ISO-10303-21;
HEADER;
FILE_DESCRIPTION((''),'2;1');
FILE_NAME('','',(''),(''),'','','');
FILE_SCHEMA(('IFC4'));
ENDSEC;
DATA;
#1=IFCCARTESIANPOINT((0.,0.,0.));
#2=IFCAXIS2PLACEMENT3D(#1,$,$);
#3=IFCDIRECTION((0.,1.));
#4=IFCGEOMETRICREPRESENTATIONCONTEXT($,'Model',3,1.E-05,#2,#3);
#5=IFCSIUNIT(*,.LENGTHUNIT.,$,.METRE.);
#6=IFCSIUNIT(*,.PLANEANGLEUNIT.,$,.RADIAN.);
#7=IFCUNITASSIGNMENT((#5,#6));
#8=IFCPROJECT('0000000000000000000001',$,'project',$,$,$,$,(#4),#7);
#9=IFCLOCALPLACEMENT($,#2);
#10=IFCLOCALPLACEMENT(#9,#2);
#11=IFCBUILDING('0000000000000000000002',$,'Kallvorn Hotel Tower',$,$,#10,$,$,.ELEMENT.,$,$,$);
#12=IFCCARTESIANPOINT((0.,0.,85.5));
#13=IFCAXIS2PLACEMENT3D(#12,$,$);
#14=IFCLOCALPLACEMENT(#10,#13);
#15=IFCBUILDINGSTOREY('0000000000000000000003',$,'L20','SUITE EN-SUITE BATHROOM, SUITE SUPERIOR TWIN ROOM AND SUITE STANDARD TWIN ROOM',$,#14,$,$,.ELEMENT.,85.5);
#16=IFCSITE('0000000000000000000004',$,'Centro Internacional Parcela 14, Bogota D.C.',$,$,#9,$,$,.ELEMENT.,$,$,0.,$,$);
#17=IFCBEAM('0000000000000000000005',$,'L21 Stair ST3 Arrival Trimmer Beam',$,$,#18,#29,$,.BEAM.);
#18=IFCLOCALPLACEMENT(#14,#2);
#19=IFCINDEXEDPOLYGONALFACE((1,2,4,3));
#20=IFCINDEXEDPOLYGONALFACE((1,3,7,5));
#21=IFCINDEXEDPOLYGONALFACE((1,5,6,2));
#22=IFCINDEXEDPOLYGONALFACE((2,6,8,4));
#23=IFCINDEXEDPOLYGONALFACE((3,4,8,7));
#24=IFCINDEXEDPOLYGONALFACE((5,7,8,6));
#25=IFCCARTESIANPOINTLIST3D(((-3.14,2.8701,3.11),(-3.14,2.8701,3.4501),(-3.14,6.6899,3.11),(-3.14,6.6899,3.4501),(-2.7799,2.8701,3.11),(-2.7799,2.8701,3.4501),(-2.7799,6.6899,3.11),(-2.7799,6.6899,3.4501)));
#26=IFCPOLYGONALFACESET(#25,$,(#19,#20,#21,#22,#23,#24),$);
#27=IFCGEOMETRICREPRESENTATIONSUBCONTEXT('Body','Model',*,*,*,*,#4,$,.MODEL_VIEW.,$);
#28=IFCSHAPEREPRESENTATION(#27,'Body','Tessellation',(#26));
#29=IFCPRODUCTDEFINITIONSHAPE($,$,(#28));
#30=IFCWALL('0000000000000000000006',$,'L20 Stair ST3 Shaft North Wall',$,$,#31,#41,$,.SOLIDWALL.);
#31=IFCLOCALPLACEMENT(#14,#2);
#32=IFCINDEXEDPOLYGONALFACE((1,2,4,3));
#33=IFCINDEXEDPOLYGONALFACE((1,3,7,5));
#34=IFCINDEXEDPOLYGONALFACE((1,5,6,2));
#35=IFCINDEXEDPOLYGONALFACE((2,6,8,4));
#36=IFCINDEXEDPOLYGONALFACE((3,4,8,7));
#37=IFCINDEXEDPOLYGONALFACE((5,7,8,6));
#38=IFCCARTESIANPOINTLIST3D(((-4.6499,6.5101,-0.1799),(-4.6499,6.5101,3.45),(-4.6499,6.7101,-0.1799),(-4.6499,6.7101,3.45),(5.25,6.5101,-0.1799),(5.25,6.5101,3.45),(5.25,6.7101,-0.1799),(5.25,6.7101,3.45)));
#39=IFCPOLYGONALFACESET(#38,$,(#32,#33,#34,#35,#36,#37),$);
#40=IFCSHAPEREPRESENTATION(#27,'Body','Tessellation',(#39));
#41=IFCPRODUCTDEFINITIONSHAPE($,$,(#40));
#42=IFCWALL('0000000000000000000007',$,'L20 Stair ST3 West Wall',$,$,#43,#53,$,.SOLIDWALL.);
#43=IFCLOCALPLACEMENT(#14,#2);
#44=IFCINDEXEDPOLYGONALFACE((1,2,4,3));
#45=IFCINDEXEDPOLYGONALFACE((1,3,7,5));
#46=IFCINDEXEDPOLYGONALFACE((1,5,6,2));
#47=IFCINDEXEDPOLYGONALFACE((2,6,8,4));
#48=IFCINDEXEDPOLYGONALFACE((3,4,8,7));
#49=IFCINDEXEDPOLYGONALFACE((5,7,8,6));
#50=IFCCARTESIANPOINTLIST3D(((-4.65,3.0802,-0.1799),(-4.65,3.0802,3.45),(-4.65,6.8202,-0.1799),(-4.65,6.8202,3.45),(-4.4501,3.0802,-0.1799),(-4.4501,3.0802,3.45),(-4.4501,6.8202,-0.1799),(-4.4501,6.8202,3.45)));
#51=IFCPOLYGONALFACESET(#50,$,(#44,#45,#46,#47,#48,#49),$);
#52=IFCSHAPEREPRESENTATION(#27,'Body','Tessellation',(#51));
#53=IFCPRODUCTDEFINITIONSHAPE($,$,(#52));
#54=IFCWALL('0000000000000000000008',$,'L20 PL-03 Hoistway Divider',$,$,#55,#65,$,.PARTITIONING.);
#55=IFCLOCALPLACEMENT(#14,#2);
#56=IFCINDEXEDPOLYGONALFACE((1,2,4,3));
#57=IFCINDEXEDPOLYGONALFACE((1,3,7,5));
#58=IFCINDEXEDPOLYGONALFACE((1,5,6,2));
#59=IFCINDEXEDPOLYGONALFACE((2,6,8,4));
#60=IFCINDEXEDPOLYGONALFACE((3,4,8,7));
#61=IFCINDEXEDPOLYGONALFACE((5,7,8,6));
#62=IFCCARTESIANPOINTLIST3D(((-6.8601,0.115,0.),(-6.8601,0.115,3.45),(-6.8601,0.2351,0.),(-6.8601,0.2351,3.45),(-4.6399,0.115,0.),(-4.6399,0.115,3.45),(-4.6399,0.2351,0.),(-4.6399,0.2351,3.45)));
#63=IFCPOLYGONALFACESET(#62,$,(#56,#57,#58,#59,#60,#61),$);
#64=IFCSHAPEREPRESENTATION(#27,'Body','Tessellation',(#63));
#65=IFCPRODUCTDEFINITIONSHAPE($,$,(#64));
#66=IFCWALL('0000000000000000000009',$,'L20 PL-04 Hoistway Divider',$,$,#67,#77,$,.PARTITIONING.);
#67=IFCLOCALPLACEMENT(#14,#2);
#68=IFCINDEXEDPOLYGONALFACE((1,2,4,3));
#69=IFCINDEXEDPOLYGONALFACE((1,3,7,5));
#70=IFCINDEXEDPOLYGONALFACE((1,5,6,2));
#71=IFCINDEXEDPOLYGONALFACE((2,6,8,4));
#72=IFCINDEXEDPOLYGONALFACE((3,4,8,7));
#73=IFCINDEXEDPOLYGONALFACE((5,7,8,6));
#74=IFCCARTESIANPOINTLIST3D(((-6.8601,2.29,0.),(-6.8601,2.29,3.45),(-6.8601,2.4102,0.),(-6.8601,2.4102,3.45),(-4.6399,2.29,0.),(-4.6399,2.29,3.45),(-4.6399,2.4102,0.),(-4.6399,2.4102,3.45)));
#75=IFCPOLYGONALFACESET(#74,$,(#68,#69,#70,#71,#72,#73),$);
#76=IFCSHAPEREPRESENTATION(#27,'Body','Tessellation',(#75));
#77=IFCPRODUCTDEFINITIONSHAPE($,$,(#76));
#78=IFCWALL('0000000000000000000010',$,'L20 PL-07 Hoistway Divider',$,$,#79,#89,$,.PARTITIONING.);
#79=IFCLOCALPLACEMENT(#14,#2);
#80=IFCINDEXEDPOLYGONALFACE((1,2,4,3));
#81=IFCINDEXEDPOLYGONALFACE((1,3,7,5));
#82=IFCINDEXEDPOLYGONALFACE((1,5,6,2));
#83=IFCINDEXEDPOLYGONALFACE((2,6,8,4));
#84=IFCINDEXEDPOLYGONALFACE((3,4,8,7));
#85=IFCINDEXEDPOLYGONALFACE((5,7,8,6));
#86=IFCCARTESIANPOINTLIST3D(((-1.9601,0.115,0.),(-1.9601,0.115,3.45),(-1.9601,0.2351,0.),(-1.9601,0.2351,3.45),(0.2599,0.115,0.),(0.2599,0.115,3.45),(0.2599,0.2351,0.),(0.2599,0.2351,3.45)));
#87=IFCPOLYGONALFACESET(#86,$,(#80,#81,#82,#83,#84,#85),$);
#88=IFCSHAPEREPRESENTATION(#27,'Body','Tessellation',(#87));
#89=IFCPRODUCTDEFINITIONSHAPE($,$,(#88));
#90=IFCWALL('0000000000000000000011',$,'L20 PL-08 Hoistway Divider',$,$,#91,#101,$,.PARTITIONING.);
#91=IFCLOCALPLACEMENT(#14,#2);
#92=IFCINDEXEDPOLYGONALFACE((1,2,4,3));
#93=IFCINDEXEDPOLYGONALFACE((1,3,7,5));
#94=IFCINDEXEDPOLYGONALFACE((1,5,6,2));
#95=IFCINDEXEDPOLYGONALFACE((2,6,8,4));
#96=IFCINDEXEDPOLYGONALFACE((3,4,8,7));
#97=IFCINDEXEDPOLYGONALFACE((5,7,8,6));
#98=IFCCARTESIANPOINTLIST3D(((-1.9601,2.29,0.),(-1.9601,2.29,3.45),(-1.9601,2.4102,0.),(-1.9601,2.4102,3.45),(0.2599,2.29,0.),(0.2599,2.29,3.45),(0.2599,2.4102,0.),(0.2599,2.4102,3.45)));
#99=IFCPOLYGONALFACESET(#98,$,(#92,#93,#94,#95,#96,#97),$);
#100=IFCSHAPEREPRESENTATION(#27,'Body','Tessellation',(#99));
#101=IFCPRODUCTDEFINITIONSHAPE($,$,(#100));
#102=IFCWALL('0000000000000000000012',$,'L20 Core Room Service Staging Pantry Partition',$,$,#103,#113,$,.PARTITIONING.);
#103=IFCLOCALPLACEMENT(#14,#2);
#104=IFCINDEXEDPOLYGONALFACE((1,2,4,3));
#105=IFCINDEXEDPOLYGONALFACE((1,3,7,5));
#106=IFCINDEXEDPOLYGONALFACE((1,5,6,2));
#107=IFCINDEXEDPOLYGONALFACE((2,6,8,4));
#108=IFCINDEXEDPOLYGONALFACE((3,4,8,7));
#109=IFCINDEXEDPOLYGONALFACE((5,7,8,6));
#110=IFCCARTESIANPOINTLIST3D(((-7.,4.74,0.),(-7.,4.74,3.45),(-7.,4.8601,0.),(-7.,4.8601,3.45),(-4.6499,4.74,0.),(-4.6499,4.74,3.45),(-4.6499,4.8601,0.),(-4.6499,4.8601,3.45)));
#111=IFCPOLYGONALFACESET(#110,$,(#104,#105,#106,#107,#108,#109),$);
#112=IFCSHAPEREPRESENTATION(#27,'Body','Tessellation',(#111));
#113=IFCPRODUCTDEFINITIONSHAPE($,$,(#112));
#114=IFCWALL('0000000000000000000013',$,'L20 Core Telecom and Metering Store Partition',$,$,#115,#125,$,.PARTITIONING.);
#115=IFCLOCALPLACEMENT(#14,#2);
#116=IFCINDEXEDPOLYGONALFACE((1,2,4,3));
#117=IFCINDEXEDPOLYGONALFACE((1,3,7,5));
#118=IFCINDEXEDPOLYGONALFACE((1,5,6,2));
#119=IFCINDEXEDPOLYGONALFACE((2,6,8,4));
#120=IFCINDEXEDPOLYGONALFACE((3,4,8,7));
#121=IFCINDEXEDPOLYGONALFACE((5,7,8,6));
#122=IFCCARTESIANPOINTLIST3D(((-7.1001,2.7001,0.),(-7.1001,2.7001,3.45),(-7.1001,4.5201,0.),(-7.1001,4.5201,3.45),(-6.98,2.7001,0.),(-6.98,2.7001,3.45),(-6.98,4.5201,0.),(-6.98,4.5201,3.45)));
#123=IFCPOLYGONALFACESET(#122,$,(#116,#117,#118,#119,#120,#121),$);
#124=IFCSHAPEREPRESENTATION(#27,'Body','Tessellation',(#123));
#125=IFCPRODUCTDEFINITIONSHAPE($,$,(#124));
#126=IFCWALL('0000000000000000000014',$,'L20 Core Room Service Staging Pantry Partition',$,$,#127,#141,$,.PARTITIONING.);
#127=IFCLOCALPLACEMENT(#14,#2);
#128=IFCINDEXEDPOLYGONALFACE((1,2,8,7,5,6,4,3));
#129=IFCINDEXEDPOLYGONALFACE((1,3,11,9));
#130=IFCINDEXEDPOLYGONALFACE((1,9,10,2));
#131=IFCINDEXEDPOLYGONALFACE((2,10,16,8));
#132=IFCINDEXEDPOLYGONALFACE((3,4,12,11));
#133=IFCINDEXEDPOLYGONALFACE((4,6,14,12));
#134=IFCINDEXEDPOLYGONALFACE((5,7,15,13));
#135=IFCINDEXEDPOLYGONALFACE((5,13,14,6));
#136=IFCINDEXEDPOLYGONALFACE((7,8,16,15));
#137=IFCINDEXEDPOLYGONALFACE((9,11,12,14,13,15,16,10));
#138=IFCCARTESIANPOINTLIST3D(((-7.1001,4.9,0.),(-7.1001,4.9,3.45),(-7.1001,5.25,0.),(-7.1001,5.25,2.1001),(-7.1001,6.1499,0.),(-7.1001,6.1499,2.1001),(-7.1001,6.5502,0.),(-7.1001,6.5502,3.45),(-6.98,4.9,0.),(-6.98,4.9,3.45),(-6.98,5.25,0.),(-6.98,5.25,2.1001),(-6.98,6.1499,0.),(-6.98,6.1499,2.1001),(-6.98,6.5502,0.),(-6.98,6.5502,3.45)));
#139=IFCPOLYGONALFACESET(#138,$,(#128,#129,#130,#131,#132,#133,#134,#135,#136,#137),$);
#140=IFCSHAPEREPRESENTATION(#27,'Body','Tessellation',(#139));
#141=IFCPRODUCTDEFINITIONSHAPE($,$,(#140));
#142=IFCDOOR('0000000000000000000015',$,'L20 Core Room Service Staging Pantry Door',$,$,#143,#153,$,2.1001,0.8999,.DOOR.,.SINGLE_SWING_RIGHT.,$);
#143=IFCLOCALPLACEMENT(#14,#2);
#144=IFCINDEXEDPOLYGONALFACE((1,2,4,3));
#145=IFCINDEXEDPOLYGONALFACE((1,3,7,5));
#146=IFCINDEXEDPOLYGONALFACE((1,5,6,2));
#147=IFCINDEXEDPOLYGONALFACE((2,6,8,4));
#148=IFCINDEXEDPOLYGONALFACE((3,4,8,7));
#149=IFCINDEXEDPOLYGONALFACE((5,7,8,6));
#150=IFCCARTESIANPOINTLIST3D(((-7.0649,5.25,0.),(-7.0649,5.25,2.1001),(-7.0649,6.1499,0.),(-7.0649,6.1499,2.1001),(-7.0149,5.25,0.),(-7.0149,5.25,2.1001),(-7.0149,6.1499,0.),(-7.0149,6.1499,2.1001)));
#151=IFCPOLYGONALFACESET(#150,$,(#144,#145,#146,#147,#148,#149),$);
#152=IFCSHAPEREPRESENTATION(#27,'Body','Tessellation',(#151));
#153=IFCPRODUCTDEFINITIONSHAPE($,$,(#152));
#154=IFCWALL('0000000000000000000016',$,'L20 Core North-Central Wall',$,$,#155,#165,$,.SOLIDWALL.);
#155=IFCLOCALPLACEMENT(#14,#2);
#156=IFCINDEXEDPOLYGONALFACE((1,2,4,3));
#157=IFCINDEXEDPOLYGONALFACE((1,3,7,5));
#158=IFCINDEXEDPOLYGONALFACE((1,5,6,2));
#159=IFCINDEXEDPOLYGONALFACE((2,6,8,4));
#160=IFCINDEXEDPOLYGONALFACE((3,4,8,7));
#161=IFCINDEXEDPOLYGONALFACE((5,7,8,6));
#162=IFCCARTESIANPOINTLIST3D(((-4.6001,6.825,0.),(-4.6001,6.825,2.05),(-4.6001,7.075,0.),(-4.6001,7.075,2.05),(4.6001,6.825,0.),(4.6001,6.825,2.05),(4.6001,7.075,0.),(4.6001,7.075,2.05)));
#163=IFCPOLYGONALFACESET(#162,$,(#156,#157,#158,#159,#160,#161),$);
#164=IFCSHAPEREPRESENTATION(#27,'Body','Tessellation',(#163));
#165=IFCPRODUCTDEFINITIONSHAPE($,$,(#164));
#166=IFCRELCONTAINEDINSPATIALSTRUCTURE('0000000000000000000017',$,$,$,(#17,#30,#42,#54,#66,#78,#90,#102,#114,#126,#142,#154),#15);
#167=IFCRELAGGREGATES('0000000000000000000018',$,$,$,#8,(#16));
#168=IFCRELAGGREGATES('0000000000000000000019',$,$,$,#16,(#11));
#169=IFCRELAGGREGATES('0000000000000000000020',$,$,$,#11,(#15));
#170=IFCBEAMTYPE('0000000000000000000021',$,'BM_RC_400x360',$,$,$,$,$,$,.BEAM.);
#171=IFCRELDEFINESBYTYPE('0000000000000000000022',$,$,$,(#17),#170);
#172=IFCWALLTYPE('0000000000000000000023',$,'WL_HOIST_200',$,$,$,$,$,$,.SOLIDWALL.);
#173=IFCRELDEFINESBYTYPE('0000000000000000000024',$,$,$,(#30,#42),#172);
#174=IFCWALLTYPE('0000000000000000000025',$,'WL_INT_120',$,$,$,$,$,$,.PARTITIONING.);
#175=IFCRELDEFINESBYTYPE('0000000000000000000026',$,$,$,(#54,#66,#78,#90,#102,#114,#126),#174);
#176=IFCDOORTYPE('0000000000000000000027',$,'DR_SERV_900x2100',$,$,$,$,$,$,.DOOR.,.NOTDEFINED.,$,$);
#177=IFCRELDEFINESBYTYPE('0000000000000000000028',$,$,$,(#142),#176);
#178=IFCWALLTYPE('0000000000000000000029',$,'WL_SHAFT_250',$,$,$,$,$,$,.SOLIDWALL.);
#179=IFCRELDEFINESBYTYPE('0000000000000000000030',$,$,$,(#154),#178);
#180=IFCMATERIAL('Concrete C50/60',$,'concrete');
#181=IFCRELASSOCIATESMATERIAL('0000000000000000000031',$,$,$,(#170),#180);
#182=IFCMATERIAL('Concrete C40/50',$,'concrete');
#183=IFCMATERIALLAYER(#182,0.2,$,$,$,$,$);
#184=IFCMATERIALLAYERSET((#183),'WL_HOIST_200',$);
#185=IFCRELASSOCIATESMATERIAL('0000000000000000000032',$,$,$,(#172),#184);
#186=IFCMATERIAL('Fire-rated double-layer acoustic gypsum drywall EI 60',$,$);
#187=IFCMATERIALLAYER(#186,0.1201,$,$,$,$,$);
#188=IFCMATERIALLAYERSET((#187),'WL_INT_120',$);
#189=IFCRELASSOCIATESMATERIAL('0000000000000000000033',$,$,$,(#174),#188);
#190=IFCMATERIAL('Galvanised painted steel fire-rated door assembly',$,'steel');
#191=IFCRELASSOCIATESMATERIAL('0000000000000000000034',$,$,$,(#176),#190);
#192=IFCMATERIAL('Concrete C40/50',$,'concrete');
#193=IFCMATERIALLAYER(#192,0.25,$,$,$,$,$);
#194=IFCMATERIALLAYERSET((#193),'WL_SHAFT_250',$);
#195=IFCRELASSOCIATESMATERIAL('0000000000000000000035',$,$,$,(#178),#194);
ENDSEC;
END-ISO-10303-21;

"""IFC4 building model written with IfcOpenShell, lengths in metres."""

from ifc_helpers import new_model, si_unit, direction, frame, frame_2d, origin, origin_2d, place, context, subcontext, project, spatial, rectangle, extrude, material, layer, layer_set, material_profile, profile_set, type_object, element, fill, save


model = new_model("IFC4")

# Units and contexts
model_context = context("Model", 3, precision=1e-05, world=origin(), true_north=direction((0.0, 1.0)))
body_context = subcontext(model_context, "Body", "Model", "MODEL_VIEW")
ifc_project = project(units=[si_unit("LENGTHUNIT", "METRE"), si_unit("PLANEANGLEUNIT", "RADIAN")], contexts=[model_context])

# Site, building, storey
site_placement = place(None, origin())
site = spatial("IfcSite", under=ifc_project, at=site_placement, Name="Centro Internacional Parcela 14, Bogota D.C.", CompositionType="ELEMENT", RefElevation=0.0)
building_placement = place(site_placement, origin())
building = spatial("IfcBuilding", under=site, at=building_placement, Name="Kallvorn Hotel Tower", CompositionType="ELEMENT")
storey_placement = place(building_placement, frame((0.0, 0.0, 85.5)))
storey = spatial("IfcBuildingStorey", under=building, at=storey_placement, Name="L20", Description="SUITE EN-SUITE BATHROOM, SUITE SUPERIOR TWIN ROOM AND SUITE STANDARD TWIN ROOM", CompositionType="ELEMENT", Elevation=85.5)

# Beam
ifc_material_1 = material(Name="Concrete C50/60", Category="concrete")
ifc_material_profile = material_profile(ifc_material_1, rectangle(XDim=0.3601, YDim=0.3401, at=origin_2d()), Name="RC 360x340")
ifc_profile_set = profile_set([ifc_material_profile], Name="Concrete C50/60")
beam_type = type_object("IfcBeamType", Name="BM_RC_400x360", PredefinedType="BEAM", material=ifc_profile_set)
beam_placement = place(storey_placement, frame((-2.96, 2.8701, 3.28), z_axis=(0.0, 1.0, 0.0), x_axis=(-1.0, 0.0, 0.0)))
element("IfcBeam", 1, at=beam_placement, inside=storey, type_object=beam_type, Name="L21 Stair ST3 Arrival Trimmer Beam", PredefinedType="BEAM", context=body_context, shape_type="SweptSolid", body=[
    extrude(rectangle(XDim=0.3601, YDim=0.3401, at=origin_2d()), origin(), (0.0, 0.0, 1.0), 3.8198),
])

# Walls
ifc_material_2 = material(Name="Concrete C40/50", Category="concrete")
ifc_layer_1 = layer(ifc_material_2, 0.2)
ifc_layer_set_1 = layer_set([ifc_layer_1], Name="WL_HOIST_200")
wall_type_1 = type_object("IfcWallType", Name="WL_HOIST_200", PredefinedType="SOLIDWALL", material=ifc_layer_set_1)
wall_1_placement = place(storey_placement, frame((-4.6499, 6.6101, -0.1799), z_axis=(0.0, 0.0, 1.0), x_axis=(1.0, 0.0, 0.0)))
element("IfcWall", 2, at=wall_1_placement, inside=storey, type_object=wall_type_1, Name="L20 Stair ST3 Shaft North Wall", PredefinedType="SOLIDWALL", context=body_context, shape_type="SweptSolid", body=[
    extrude(rectangle(XDim=9.8999, YDim=0.2, at=frame_2d((4.95, 0.0))), origin(), (0.0, 0.0, 1.0), 3.6299),
])
wall_2_placement = place(storey_placement, frame((-4.55, 3.0801, -0.1799), z_axis=(0.0, 0.0, 1.0), x_axis=(0.0, 1.0, 0.0)))
element("IfcWall", 3, at=wall_2_placement, inside=storey, type_object=wall_type_1, Name="L20 Stair ST3 West Wall", PredefinedType="SOLIDWALL", context=body_context, shape_type="SweptSolid", body=[
    extrude(rectangle(XDim=3.74, YDim=0.2, at=frame_2d((1.8701, 0.0))), origin(), (0.0, 0.0, 1.0), 3.6299),
])
ifc_material_3 = material(Name="Fire-rated double-layer acoustic gypsum drywall EI 60")
ifc_layer_2 = layer(ifc_material_3, 0.1201)
ifc_layer_set_2 = layer_set([ifc_layer_2], Name="WL_INT_120")
wall_type_2 = type_object("IfcWallType", Name="WL_INT_120", PredefinedType="PARTITIONING", material=ifc_layer_set_2)
for number, where, z_axis, x_axis, name in (
    (4, (-6.8601, 0.175, 0.0), (0.0, 0.0, 1.0), (1.0, 0.0, 0.0), "L20 PL-03 Hoistway Divider"),
    (5, (-6.8601, 2.3501, 0.0), (0.0, 0.0, 1.0), (1.0, 0.0, 0.0), "L20 PL-04 Hoistway Divider"),
):
    element("IfcWall", number, at=place(storey_placement, frame(where, z_axis=z_axis, x_axis=x_axis)), inside=storey, type_object=wall_type_2, Name=name, PredefinedType="PARTITIONING", context=body_context, shape_type="SweptSolid", body=[
        extrude(rectangle(XDim=2.2202, YDim=0.1201, at=frame_2d((1.1101, 0.0))), origin(), (0.0, 0.0, 1.0), 3.45),
    ])
for number, where, z_axis, x_axis, name in (
    (6, (-1.96, 0.175, 0.0), (0.0, 0.0, 1.0), (1.0, 0.0, 0.0), "L20 PL-07 Hoistway Divider"),
    (7, (-1.96, 2.3501, 0.0), (0.0, 0.0, 1.0), (1.0, 0.0, 0.0), "L20 PL-08 Hoistway Divider"),
):
    element("IfcWall", number, at=place(storey_placement, frame(where, z_axis=z_axis, x_axis=x_axis)), inside=storey, type_object=wall_type_2, Name=name, PredefinedType="PARTITIONING", context=body_context, shape_type="SweptSolid", body=[
        extrude(rectangle(XDim=2.22, YDim=0.1201, at=frame_2d((1.1099, 0.0))), origin(), (0.0, 0.0, 1.0), 3.45),
    ])
wall_3_placement = place(storey_placement, frame((-7.0, 4.8, 0.0), z_axis=(0.0, 0.0, 1.0), x_axis=(1.0, 0.0, 0.0)))
element("IfcWall", 8, at=wall_3_placement, inside=storey, type_object=wall_type_2, Name="L20 Core Room Service Staging Pantry Partition", PredefinedType="PARTITIONING", context=body_context, shape_type="SweptSolid", body=[
    extrude(rectangle(XDim=2.3501, YDim=0.1201, at=frame_2d((1.175, 0.0))), origin(), (0.0, 0.0, 1.0), 3.45),
])
wall_4_placement = place(storey_placement, frame((-7.04, 2.7, 0.0), z_axis=(0.0, 0.0, 1.0), x_axis=(0.0, 1.0, 0.0)))
element("IfcWall", 9, at=wall_4_placement, inside=storey, type_object=wall_type_2, Name="L20 Core Telecom and Metering Store Partition", PredefinedType="PARTITIONING", context=body_context, shape_type="SweptSolid", body=[
    extrude(rectangle(XDim=1.8201, YDim=0.1201, at=frame_2d((0.9102, 0.0))), origin(), (0.0, 0.0, 1.0), 3.45),
])

# Wall, opening, door
wall_5_placement = place(storey_placement, frame((-7.04, 4.8999, 0.0), z_axis=(0.0, 0.0, 1.0), x_axis=(0.0, 1.0, 0.0)))
wall_5 = element("IfcWall", 10, at=wall_5_placement, inside=storey, type_object=wall_type_2, Name="L20 Core Room Service Staging Pantry Partition", PredefinedType="PARTITIONING", context=body_context, shape_type="SweptSolid", body=[
    extrude(rectangle(XDim=1.6501, YDim=0.1201, at=frame_2d((0.8252, 0.0))), origin(), (0.0, 0.0, 1.0), 3.45),
])
opening_1_placement = place(wall_5_placement, frame((0.3501, 0.0, 0.0)))
opening_1 = element("IfcOpeningElement", 11, at=opening_1_placement, cuts=wall_5, PredefinedType="OPENING", context=body_context, shape_type="SweptSolid", body=[
    extrude(rectangle(XDim=0.8999, YDim=2.1001, at=frame_2d((0.45, 1.05))), frame((0.0, 0.075, 0.0), z_axis=(0.0, -1.0, 0.0), x_axis=(1.0, 0.0, 0.0)), (0.0, 0.0, 1.0), 0.1501),
])
ifc_material_4 = material(Name="Galvanised painted steel fire-rated door assembly", Category="steel")
door_type_1 = type_object("IfcDoorType", Name="DR_SERV_900x2100", OperationType="NOTDEFINED", PredefinedType="DOOR", material=ifc_material_4)
door_1_placement = place(opening_1_placement, origin())
door_1 = element("IfcDoor", 12, at=door_1_placement, inside=storey, type_object=door_type_1, Name="L20 Core Room Service Staging Pantry Door", OperationType="SINGLE_SWING_RIGHT", OverallHeight=2.1001, OverallWidth=0.8999, PredefinedType="DOOR", context=body_context, shape_type="SweptSolid", body=[
    extrude(rectangle(XDim=0.8999, YDim=2.1001, at=frame_2d((0.45, 1.05))), frame((0.0, 0.0249, 0.0), z_axis=(0.0, -1.0, 0.0), x_axis=(1.0, 0.0, 0.0)), (0.0, 0.0, 1.0), 0.05),
])
fill(opening_1, door_1)

# Wall
ifc_material_5 = material(Name="Concrete C40/50", Category="concrete")
ifc_layer_3 = layer(ifc_material_5, 0.25)
ifc_layer_set_3 = layer_set([ifc_layer_3], Name="WL_SHAFT_250")
wall_type_3 = type_object("IfcWallType", Name="WL_SHAFT_250", PredefinedType="SOLIDWALL", material=ifc_layer_set_3)
wall_6_placement = place(storey_placement, frame((-4.6001, 6.95, 0.0), z_axis=(0.0, 0.0, 1.0), x_axis=(1.0, 0.0, 0.0)))
element("IfcWall", 13, at=wall_6_placement, inside=storey, type_object=wall_type_3, Name="L20 Core North-Central Wall", PredefinedType="SOLIDWALL", context=body_context, shape_type="SweptSolid", body=[
    extrude(rectangle(XDim=9.2002, YDim=0.25, at=frame_2d((4.6001, 0.0))), origin(), (0.0, 0.0, 1.0), 2.05),
])

save(model, "model.ifc")
